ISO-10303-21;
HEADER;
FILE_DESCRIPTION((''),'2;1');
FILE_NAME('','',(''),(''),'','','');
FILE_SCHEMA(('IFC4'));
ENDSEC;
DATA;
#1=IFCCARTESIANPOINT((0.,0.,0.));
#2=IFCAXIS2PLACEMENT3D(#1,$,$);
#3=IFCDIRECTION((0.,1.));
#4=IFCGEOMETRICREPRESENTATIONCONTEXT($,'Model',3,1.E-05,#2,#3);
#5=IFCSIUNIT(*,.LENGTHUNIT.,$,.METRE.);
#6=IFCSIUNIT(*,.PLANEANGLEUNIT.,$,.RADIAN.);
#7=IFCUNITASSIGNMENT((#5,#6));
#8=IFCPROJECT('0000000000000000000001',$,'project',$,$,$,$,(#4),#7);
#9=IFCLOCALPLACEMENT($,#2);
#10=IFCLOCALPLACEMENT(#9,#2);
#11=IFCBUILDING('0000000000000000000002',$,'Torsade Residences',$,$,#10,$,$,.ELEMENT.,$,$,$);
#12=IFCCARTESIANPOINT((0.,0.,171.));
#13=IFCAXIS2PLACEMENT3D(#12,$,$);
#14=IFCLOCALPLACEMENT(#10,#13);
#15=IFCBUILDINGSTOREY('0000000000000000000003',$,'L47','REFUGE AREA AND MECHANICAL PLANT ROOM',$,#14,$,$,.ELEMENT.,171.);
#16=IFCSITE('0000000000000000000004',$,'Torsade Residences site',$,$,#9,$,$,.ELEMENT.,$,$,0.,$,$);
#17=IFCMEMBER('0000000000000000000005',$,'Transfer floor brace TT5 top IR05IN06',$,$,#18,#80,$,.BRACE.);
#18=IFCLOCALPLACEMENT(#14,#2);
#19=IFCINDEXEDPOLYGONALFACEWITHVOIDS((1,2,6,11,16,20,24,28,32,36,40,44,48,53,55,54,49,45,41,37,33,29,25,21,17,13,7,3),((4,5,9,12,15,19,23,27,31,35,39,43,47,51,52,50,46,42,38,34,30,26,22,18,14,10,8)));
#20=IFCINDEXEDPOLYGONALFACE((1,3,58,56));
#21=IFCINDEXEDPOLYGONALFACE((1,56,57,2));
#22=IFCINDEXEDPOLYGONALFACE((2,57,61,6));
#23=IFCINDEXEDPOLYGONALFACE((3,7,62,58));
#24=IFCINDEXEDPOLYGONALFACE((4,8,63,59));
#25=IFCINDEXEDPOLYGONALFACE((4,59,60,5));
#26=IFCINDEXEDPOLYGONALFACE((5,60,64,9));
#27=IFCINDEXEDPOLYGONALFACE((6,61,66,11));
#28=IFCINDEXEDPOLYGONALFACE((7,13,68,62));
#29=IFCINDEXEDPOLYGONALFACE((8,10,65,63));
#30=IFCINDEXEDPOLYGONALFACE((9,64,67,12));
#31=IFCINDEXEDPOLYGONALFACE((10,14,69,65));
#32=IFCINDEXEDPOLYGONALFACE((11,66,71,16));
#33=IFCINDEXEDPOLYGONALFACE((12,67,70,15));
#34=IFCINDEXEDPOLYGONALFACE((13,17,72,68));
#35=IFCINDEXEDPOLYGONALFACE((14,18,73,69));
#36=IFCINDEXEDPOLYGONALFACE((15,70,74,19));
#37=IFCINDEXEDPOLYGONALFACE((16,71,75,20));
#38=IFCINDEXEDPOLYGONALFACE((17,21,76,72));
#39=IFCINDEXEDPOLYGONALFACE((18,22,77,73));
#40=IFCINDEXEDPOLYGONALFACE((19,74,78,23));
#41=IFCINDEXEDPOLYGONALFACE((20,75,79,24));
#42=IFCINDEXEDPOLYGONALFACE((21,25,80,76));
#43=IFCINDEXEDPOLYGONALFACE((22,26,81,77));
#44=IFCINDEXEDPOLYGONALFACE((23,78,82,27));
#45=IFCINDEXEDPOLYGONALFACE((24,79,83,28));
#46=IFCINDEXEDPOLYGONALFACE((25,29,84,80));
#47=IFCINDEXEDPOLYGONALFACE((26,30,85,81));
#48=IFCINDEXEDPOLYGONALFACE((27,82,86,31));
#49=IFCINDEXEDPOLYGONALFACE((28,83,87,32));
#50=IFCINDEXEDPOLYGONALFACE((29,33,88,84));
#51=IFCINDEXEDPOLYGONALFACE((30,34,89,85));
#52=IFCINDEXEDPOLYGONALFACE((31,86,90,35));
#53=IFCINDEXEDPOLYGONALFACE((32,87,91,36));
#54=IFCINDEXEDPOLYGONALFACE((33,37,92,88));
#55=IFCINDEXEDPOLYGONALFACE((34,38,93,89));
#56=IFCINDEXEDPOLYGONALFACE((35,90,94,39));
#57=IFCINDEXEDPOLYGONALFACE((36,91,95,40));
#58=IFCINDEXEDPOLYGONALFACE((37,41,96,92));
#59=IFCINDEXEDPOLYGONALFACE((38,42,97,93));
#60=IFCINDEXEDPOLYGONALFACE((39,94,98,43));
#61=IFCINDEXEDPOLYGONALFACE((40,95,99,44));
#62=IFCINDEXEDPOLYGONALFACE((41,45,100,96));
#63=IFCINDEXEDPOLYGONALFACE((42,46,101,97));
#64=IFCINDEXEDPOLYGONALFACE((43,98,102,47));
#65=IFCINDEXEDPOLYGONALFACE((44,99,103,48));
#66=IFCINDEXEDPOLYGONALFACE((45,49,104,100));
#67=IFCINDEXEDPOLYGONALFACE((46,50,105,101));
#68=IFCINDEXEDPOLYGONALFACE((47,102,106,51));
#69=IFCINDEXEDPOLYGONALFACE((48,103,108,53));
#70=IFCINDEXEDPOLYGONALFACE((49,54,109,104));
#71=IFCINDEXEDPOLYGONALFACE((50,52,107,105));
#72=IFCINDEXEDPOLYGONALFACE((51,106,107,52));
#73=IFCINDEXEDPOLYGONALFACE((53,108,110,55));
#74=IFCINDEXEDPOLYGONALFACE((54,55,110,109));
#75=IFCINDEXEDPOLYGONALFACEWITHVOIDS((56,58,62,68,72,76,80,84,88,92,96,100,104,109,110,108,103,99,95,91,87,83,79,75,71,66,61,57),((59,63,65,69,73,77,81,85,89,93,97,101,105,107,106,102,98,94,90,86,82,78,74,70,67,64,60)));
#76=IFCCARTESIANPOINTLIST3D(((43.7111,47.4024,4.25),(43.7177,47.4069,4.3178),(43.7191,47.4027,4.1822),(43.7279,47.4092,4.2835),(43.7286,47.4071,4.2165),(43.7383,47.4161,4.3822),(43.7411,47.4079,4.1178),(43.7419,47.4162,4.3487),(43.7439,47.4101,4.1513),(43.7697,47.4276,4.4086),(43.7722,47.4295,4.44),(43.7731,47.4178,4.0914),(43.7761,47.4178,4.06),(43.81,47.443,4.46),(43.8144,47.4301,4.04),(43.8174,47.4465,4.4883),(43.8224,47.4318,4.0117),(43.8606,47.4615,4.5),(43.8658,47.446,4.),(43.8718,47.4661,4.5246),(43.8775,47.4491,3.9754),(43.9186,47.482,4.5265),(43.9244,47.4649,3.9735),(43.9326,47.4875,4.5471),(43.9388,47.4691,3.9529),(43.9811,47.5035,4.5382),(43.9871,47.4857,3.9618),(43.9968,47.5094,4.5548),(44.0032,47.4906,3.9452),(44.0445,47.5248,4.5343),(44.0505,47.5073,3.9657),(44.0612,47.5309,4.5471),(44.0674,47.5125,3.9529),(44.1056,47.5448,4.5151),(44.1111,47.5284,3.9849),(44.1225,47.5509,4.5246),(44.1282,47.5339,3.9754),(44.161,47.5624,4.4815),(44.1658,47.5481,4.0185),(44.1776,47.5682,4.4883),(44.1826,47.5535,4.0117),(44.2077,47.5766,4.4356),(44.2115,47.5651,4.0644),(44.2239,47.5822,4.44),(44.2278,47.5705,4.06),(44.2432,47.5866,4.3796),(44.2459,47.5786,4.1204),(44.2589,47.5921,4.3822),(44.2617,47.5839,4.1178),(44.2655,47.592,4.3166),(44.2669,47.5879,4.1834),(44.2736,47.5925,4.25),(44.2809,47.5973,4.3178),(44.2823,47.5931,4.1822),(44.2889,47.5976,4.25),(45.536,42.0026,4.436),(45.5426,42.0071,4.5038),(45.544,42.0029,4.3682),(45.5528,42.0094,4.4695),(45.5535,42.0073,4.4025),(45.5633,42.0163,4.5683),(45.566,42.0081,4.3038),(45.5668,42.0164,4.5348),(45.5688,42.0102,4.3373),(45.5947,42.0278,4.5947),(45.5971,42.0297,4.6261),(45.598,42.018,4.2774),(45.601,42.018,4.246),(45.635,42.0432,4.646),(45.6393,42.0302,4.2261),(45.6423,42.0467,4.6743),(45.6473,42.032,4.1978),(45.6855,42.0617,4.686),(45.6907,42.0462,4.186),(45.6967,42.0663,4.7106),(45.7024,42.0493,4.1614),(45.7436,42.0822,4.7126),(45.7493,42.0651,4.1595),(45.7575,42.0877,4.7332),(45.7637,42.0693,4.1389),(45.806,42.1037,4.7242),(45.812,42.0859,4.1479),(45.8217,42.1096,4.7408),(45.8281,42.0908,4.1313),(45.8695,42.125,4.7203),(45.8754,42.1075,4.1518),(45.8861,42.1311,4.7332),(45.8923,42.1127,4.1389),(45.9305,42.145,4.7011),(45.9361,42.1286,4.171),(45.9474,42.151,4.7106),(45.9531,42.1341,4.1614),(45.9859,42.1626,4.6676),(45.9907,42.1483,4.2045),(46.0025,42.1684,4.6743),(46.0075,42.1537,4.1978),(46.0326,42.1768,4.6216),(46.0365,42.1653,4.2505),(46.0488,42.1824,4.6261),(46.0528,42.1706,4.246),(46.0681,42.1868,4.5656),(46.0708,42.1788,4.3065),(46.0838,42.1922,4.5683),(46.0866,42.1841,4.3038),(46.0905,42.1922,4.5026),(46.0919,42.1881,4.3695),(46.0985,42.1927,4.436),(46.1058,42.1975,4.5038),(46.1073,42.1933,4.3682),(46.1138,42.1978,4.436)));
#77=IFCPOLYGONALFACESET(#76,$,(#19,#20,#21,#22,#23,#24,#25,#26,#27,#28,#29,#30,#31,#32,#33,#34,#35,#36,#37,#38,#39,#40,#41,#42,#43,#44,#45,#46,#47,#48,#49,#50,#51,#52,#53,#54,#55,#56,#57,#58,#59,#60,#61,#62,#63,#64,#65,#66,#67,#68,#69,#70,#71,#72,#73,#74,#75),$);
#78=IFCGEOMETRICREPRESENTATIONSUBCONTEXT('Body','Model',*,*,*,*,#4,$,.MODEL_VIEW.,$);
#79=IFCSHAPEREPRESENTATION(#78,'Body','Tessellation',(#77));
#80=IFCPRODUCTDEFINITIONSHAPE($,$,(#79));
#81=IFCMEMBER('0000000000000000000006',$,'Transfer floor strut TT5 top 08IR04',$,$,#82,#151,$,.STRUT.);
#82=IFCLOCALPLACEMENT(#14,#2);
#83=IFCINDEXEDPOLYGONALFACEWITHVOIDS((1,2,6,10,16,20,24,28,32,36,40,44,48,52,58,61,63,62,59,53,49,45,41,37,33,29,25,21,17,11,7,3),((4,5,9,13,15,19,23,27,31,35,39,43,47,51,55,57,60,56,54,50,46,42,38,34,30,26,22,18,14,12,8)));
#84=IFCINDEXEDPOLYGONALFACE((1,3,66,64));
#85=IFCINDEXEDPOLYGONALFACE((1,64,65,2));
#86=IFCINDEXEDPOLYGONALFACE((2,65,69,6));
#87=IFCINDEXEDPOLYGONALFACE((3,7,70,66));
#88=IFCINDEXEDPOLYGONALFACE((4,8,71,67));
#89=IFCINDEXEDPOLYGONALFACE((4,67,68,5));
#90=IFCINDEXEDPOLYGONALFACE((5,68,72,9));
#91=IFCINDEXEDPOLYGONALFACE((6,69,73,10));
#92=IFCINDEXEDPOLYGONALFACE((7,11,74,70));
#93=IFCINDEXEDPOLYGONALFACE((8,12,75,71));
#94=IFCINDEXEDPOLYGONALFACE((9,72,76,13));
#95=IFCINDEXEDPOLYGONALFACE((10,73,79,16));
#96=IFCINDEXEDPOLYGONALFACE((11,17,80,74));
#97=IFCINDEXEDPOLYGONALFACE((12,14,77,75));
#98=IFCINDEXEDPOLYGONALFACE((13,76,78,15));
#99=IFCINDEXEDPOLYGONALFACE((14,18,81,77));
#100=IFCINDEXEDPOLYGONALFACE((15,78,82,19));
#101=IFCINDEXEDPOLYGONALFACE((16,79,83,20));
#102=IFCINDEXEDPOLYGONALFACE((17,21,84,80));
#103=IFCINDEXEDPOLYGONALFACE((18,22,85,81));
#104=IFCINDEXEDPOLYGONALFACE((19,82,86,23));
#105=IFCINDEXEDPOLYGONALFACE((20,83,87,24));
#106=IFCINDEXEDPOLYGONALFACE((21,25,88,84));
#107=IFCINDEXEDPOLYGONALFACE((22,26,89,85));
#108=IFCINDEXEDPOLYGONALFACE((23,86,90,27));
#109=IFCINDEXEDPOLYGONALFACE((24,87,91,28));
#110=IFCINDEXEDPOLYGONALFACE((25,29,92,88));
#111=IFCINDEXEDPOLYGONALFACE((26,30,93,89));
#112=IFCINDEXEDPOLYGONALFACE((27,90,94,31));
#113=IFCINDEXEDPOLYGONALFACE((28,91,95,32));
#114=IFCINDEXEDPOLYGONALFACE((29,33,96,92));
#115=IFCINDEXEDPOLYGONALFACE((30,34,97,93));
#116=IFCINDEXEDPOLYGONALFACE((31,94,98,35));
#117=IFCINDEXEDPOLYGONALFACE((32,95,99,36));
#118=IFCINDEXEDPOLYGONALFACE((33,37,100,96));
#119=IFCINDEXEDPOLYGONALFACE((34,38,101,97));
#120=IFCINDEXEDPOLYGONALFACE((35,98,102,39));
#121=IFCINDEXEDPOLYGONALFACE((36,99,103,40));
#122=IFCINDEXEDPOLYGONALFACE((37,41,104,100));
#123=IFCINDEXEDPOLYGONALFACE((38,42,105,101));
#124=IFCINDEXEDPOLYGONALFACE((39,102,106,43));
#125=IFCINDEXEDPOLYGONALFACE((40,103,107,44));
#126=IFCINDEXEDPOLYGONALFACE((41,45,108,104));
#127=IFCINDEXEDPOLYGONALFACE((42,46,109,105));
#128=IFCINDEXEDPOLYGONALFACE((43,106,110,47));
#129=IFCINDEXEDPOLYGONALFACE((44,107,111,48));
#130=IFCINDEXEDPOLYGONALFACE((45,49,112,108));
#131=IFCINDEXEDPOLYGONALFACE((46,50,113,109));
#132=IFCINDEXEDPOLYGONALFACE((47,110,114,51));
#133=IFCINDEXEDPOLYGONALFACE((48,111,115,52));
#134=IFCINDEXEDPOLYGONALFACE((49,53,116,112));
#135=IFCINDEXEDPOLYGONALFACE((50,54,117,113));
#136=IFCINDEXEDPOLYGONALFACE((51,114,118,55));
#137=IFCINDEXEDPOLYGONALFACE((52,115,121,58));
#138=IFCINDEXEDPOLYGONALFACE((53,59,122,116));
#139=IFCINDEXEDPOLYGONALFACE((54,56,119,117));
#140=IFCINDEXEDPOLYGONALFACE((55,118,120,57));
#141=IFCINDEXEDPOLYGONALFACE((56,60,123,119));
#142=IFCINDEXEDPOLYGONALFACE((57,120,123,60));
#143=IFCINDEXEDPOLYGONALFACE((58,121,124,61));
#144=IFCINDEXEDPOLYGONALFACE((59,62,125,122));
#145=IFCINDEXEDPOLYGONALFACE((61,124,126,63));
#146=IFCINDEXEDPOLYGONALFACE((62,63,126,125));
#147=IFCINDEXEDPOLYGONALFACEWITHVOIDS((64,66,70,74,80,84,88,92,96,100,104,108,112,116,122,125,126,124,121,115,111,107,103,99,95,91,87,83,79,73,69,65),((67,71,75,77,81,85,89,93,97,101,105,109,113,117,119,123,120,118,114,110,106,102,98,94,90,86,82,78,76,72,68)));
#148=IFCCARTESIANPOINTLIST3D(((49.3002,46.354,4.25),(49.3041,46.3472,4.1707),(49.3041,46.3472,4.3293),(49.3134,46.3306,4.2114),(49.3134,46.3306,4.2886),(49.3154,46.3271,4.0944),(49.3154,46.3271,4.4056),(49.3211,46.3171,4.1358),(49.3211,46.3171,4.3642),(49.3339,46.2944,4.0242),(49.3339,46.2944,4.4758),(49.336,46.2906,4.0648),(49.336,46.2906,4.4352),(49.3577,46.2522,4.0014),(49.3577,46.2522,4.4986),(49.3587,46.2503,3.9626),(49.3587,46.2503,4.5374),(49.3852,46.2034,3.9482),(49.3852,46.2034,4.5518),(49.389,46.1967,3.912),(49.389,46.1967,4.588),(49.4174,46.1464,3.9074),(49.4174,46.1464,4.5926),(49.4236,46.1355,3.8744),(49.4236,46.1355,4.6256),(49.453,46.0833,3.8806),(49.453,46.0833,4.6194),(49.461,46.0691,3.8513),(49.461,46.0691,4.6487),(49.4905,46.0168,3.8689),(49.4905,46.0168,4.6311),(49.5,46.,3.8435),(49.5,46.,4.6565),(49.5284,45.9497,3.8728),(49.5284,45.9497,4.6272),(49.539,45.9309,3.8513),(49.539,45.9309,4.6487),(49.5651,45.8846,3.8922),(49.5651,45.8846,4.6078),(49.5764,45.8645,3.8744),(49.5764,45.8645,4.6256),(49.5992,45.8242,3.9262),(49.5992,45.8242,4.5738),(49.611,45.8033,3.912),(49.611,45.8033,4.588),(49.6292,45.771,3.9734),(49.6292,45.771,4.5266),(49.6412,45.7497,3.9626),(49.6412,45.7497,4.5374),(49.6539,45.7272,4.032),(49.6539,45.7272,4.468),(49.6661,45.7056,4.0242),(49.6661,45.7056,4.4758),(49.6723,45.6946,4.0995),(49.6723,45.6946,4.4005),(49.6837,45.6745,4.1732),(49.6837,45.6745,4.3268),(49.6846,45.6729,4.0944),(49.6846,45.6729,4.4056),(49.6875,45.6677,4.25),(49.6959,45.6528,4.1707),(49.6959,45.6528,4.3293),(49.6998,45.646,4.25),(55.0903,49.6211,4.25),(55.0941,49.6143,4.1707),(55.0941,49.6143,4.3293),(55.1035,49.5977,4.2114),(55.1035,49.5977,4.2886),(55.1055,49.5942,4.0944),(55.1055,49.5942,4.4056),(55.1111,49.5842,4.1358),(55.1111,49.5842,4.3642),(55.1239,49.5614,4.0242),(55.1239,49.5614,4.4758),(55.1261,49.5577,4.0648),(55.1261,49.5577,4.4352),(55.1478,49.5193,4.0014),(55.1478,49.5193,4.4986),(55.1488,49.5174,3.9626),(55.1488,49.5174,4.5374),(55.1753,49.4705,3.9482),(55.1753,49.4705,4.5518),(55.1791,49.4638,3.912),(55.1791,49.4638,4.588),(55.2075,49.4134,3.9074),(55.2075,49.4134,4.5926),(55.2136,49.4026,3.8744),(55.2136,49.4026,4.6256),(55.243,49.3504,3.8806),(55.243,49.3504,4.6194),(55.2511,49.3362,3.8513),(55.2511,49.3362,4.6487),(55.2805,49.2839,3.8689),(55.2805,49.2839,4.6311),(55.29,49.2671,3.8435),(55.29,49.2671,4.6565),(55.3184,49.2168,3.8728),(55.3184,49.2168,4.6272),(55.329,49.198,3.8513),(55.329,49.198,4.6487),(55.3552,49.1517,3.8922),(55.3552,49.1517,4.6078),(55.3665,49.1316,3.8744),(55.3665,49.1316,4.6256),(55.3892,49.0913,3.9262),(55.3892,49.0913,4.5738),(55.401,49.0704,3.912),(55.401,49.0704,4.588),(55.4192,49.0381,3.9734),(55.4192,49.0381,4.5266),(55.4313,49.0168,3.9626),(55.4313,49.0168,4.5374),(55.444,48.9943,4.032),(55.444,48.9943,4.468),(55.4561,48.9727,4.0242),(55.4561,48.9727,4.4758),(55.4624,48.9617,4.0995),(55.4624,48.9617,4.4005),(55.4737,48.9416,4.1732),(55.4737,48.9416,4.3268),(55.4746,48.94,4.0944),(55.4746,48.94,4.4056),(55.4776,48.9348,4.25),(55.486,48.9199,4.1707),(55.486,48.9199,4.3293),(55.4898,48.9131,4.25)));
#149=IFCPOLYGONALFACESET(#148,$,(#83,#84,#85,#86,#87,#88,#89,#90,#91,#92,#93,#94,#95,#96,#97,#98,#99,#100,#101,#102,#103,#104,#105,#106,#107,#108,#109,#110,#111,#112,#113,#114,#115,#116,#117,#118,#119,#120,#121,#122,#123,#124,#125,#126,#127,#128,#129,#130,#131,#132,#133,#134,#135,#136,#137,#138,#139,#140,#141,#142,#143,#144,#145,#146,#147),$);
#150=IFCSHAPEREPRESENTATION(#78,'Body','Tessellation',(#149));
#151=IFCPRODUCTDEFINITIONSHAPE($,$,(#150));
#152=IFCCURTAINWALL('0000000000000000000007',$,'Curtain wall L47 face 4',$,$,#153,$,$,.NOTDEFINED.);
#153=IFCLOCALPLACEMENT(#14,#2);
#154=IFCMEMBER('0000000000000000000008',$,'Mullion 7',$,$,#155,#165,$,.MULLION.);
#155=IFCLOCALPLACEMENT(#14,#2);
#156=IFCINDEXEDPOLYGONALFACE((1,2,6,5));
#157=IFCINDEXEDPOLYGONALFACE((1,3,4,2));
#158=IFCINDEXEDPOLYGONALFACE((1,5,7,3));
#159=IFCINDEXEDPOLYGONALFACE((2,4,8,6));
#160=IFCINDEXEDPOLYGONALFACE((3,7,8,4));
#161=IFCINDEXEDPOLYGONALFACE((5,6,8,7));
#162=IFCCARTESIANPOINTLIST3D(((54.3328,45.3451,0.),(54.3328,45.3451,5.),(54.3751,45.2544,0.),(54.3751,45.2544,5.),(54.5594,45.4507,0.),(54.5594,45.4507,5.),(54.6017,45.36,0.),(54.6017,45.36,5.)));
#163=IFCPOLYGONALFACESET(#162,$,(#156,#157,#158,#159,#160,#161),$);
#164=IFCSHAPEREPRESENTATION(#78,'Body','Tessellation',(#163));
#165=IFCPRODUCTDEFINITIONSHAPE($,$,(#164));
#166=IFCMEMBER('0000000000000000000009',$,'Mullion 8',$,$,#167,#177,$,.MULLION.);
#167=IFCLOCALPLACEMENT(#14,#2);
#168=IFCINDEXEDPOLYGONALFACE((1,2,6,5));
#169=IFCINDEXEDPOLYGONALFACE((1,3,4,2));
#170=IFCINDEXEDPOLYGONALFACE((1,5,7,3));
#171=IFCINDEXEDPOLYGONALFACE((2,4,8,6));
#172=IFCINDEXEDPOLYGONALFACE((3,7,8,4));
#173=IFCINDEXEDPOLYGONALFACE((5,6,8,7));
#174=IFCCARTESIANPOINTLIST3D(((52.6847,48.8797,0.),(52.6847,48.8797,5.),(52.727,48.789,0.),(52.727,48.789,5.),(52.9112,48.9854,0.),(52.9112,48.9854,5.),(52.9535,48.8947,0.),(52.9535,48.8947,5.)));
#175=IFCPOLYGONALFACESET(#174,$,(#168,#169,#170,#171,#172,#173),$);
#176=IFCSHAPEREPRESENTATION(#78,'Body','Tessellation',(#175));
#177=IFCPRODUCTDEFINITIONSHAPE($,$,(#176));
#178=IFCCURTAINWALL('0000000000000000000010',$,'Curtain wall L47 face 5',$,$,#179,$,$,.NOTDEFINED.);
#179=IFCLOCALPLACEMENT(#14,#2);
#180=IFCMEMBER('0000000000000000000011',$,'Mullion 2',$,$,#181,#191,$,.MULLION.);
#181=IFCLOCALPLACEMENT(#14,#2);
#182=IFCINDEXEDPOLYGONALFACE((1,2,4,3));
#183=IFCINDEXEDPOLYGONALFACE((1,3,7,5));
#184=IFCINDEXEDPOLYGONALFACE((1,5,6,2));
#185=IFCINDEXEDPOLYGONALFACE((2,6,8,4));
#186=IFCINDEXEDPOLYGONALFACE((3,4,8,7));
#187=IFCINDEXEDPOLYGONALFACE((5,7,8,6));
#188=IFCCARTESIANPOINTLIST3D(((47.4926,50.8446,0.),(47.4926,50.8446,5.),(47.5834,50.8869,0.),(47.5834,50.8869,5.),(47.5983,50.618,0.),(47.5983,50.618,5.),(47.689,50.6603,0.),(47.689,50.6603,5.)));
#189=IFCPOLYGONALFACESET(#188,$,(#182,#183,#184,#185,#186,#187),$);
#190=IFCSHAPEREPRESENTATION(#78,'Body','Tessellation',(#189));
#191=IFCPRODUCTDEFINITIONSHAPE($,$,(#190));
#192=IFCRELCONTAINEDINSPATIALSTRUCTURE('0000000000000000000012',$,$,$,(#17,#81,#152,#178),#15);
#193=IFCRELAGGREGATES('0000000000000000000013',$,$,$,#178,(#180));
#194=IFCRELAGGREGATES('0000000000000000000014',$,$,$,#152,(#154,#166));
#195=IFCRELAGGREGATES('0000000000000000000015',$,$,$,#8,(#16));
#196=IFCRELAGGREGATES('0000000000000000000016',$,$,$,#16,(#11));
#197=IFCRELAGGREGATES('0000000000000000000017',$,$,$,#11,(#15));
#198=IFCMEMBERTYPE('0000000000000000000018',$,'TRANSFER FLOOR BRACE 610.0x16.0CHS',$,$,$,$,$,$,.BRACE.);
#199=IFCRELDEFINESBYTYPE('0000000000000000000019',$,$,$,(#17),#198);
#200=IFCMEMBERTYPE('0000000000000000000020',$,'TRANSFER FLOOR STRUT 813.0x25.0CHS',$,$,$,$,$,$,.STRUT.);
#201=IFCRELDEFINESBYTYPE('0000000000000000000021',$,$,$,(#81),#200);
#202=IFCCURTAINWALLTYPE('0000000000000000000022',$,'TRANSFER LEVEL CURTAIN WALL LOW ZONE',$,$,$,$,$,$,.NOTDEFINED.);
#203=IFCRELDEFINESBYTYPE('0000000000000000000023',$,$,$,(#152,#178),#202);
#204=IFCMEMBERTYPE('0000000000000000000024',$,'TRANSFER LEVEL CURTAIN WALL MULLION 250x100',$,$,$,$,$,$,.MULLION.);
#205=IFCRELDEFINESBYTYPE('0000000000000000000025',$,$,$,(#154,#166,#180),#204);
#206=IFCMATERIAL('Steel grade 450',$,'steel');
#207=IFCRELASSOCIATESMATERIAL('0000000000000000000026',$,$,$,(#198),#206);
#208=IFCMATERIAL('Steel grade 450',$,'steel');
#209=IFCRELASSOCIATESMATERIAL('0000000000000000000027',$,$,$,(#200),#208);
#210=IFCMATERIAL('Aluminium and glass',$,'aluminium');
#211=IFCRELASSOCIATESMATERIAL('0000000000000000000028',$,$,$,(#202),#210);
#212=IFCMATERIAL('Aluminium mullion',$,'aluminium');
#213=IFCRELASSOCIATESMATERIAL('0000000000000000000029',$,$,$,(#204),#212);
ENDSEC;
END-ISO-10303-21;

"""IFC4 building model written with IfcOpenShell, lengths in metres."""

from ifc_helpers import new_model, si_unit, direction, frame, origin, origin_2d, place, context, subcontext, project, spatial, rectangle, hollow_circle, extrude, material, material_profile, profile_set, type_object, element, aggregate, save


model = new_model("IFC4")

# Units and contexts
model_context = context("Model", 3, precision=1e-05, world=origin(), true_north=direction((0.0, 1.0)))
body_context = subcontext(model_context, "Body", "Model", "MODEL_VIEW")
ifc_project = project(units=[si_unit("LENGTHUNIT", "METRE"), si_unit("PLANEANGLEUNIT", "RADIAN")], contexts=[model_context])

# Site, building, storey
site_placement = place(None, origin())
site = spatial("IfcSite", under=ifc_project, at=site_placement, Name="Torsade Residences site", CompositionType="ELEMENT", RefElevation=0.0)
building_placement = place(site_placement, origin())
building = spatial("IfcBuilding", under=site, at=building_placement, Name="Torsade Residences", CompositionType="ELEMENT")
storey_placement = place(building_placement, frame((0.0, 0.0, 171.0)))
storey = spatial("IfcBuildingStorey", under=building, at=storey_placement, Name="L47", Description="REFUGE AREA AND MECHANICAL PLANT ROOM", CompositionType="ELEMENT", Elevation=171.0)

# Members
ifc_material_1 = material(Name="Steel grade 450", Category="steel")
ifc_material_profile_1 = material_profile(ifc_material_1, hollow_circle(Radius=0.3049, WallThickness=0.0161, at=origin_2d()), Name="610.0x16.0CHS")
ifc_profile_set_1 = profile_set([ifc_material_profile_1], Name="Steel grade 450")
member_type_1 = type_object("IfcMemberType", Name="TRANSFER FLOOR BRACE 610.0x16.0CHS", PredefinedType="BRACE", material=ifc_profile_set_1)
member_1_placement = place(storey_placement, frame((44.0, 47.5, 4.25), z_axis=(0.319999, -0.946856, 0.032621), x_axis=(0.94736, 0.32017, 0.0)))
element("IfcMember", 1, at=member_1_placement, inside=storey, type_object=member_type_1, Name="Transfer floor brace TT5 top IR05IN06", PredefinedType="BRACE", context=body_context, shape_type="SweptSolid", body=[
    extrude(hollow_circle(Radius=0.3049, WallThickness=0.0161, at=origin_2d()), origin(), (0.0, 0.0, 1.0), 5.7029),
])
ifc_material_2 = material(Name="Steel grade 450", Category="steel")
ifc_material_profile_2 = material_profile(ifc_material_2, hollow_circle(Radius=0.4065, WallThickness=0.0249, at=origin_2d()), Name="813.0x25.0CHS")
ifc_profile_set_2 = profile_set([ifc_material_profile_2], Name="Steel grade 450")
member_type_2 = type_object("IfcMemberType", Name="TRANSFER FLOOR STRUT 813.0x25.0CHS", PredefinedType="STRUT", material=ifc_profile_set_2)
member_2_placement = place(storey_placement, frame((55.29, 49.2671, 4.25), z_axis=(-0.87092, -0.491425, 0.0), x_axis=(0.491425, -0.87092, 0.0)))
element("IfcMember", 2, at=member_2_placement, inside=storey, type_object=member_type_2, Name="Transfer floor strut TT5 top 08IR04", PredefinedType="STRUT", context=body_context, shape_type="SweptSolid", body=[
    extrude(hollow_circle(Radius=0.4065, WallThickness=0.0249, at=origin_2d()), origin(), (0.0, 0.0, 1.0), 6.6482),
])

# Curtain wall, members
ifc_material_3 = material(Name="Aluminium and glass", Category="aluminium")
curtain_wall_type = type_object("IfcCurtainWallType", Name="TRANSFER LEVEL CURTAIN WALL LOW ZONE", PredefinedType="NOTDEFINED", material=ifc_material_3)
curtain_wall_1_placement = place(storey_placement, origin())
curtain_wall_1 = element("IfcCurtainWall", 3, at=curtain_wall_1_placement, inside=storey, type_object=curtain_wall_type, Name="Curtain wall L47 face 4", PredefinedType="NOTDEFINED")
ifc_material_4 = material(Name="Aluminium mullion", Category="aluminium")
ifc_material_profile_3 = material_profile(ifc_material_4, rectangle(XDim=0.25, YDim=0.1001, at=origin_2d()), Name="TRANSFER LEVEL CURTAIN WALL MULLION 250x100")
ifc_profile_set_3 = profile_set([ifc_material_profile_3], Name="Aluminium mullion")
member_type_3 = type_object("IfcMemberType", Name="TRANSFER LEVEL CURTAIN WALL MULLION 250x100", PredefinedType="MULLION", material=ifc_profile_set_3)
member_3_placement = place(storey_placement, frame((54.4673, 45.3525, 0.0), z_axis=(0.0, 0.0, 1.0), x_axis=(-0.906308, -0.422618, 0.0)))
member_3 = element("IfcMember", 4, at=member_3_placement, type_object=member_type_3, Name="Mullion 7", PredefinedType="MULLION", context=body_context, shape_type="SweptSolid", body=[
    extrude(rectangle(XDim=0.25, YDim=0.1001, at=origin_2d()), origin(), (0.0, 0.0, 1.0), 5.0),
])
member_4_placement = place(storey_placement, frame((52.8191, 48.8872, 0.0), z_axis=(0.0, 0.0, 1.0), x_axis=(-0.906308, -0.422618, 0.0)))
member_4 = element("IfcMember", 5, at=member_4_placement, type_object=member_type_3, Name="Mullion 8", PredefinedType="MULLION", context=body_context, shape_type="SweptSolid", body=[
    extrude(rectangle(XDim=0.25, YDim=0.1001, at=origin_2d()), origin(), (0.0, 0.0, 1.0), 5.0),
])

# Curtain wall, member
curtain_wall_2_placement = place(storey_placement, origin())
curtain_wall_2 = element("IfcCurtainWall", 6, at=curtain_wall_2_placement, inside=storey, type_object=curtain_wall_type, Name="Curtain wall L47 face 5", PredefinedType="NOTDEFINED")
member_5_placement = place(storey_placement, frame((47.5908, 50.7524, 0.0), z_axis=(0.0, 0.0, 1.0), x_axis=(0.422618, -0.906308, 0.0)))
member_5 = element("IfcMember", 7, at=member_5_placement, type_object=member_type_3, Name="Mullion 2", PredefinedType="MULLION", context=body_context, shape_type="SweptSolid", body=[
    extrude(rectangle(XDim=0.25, YDim=0.1001, at=origin_2d()), origin(), (0.0, 0.0, 1.0), 5.0),
])
aggregate(curtain_wall_2, [member_5])

aggregate(curtain_wall_1, [member_3, member_4])

save(model, "model.ifc")
